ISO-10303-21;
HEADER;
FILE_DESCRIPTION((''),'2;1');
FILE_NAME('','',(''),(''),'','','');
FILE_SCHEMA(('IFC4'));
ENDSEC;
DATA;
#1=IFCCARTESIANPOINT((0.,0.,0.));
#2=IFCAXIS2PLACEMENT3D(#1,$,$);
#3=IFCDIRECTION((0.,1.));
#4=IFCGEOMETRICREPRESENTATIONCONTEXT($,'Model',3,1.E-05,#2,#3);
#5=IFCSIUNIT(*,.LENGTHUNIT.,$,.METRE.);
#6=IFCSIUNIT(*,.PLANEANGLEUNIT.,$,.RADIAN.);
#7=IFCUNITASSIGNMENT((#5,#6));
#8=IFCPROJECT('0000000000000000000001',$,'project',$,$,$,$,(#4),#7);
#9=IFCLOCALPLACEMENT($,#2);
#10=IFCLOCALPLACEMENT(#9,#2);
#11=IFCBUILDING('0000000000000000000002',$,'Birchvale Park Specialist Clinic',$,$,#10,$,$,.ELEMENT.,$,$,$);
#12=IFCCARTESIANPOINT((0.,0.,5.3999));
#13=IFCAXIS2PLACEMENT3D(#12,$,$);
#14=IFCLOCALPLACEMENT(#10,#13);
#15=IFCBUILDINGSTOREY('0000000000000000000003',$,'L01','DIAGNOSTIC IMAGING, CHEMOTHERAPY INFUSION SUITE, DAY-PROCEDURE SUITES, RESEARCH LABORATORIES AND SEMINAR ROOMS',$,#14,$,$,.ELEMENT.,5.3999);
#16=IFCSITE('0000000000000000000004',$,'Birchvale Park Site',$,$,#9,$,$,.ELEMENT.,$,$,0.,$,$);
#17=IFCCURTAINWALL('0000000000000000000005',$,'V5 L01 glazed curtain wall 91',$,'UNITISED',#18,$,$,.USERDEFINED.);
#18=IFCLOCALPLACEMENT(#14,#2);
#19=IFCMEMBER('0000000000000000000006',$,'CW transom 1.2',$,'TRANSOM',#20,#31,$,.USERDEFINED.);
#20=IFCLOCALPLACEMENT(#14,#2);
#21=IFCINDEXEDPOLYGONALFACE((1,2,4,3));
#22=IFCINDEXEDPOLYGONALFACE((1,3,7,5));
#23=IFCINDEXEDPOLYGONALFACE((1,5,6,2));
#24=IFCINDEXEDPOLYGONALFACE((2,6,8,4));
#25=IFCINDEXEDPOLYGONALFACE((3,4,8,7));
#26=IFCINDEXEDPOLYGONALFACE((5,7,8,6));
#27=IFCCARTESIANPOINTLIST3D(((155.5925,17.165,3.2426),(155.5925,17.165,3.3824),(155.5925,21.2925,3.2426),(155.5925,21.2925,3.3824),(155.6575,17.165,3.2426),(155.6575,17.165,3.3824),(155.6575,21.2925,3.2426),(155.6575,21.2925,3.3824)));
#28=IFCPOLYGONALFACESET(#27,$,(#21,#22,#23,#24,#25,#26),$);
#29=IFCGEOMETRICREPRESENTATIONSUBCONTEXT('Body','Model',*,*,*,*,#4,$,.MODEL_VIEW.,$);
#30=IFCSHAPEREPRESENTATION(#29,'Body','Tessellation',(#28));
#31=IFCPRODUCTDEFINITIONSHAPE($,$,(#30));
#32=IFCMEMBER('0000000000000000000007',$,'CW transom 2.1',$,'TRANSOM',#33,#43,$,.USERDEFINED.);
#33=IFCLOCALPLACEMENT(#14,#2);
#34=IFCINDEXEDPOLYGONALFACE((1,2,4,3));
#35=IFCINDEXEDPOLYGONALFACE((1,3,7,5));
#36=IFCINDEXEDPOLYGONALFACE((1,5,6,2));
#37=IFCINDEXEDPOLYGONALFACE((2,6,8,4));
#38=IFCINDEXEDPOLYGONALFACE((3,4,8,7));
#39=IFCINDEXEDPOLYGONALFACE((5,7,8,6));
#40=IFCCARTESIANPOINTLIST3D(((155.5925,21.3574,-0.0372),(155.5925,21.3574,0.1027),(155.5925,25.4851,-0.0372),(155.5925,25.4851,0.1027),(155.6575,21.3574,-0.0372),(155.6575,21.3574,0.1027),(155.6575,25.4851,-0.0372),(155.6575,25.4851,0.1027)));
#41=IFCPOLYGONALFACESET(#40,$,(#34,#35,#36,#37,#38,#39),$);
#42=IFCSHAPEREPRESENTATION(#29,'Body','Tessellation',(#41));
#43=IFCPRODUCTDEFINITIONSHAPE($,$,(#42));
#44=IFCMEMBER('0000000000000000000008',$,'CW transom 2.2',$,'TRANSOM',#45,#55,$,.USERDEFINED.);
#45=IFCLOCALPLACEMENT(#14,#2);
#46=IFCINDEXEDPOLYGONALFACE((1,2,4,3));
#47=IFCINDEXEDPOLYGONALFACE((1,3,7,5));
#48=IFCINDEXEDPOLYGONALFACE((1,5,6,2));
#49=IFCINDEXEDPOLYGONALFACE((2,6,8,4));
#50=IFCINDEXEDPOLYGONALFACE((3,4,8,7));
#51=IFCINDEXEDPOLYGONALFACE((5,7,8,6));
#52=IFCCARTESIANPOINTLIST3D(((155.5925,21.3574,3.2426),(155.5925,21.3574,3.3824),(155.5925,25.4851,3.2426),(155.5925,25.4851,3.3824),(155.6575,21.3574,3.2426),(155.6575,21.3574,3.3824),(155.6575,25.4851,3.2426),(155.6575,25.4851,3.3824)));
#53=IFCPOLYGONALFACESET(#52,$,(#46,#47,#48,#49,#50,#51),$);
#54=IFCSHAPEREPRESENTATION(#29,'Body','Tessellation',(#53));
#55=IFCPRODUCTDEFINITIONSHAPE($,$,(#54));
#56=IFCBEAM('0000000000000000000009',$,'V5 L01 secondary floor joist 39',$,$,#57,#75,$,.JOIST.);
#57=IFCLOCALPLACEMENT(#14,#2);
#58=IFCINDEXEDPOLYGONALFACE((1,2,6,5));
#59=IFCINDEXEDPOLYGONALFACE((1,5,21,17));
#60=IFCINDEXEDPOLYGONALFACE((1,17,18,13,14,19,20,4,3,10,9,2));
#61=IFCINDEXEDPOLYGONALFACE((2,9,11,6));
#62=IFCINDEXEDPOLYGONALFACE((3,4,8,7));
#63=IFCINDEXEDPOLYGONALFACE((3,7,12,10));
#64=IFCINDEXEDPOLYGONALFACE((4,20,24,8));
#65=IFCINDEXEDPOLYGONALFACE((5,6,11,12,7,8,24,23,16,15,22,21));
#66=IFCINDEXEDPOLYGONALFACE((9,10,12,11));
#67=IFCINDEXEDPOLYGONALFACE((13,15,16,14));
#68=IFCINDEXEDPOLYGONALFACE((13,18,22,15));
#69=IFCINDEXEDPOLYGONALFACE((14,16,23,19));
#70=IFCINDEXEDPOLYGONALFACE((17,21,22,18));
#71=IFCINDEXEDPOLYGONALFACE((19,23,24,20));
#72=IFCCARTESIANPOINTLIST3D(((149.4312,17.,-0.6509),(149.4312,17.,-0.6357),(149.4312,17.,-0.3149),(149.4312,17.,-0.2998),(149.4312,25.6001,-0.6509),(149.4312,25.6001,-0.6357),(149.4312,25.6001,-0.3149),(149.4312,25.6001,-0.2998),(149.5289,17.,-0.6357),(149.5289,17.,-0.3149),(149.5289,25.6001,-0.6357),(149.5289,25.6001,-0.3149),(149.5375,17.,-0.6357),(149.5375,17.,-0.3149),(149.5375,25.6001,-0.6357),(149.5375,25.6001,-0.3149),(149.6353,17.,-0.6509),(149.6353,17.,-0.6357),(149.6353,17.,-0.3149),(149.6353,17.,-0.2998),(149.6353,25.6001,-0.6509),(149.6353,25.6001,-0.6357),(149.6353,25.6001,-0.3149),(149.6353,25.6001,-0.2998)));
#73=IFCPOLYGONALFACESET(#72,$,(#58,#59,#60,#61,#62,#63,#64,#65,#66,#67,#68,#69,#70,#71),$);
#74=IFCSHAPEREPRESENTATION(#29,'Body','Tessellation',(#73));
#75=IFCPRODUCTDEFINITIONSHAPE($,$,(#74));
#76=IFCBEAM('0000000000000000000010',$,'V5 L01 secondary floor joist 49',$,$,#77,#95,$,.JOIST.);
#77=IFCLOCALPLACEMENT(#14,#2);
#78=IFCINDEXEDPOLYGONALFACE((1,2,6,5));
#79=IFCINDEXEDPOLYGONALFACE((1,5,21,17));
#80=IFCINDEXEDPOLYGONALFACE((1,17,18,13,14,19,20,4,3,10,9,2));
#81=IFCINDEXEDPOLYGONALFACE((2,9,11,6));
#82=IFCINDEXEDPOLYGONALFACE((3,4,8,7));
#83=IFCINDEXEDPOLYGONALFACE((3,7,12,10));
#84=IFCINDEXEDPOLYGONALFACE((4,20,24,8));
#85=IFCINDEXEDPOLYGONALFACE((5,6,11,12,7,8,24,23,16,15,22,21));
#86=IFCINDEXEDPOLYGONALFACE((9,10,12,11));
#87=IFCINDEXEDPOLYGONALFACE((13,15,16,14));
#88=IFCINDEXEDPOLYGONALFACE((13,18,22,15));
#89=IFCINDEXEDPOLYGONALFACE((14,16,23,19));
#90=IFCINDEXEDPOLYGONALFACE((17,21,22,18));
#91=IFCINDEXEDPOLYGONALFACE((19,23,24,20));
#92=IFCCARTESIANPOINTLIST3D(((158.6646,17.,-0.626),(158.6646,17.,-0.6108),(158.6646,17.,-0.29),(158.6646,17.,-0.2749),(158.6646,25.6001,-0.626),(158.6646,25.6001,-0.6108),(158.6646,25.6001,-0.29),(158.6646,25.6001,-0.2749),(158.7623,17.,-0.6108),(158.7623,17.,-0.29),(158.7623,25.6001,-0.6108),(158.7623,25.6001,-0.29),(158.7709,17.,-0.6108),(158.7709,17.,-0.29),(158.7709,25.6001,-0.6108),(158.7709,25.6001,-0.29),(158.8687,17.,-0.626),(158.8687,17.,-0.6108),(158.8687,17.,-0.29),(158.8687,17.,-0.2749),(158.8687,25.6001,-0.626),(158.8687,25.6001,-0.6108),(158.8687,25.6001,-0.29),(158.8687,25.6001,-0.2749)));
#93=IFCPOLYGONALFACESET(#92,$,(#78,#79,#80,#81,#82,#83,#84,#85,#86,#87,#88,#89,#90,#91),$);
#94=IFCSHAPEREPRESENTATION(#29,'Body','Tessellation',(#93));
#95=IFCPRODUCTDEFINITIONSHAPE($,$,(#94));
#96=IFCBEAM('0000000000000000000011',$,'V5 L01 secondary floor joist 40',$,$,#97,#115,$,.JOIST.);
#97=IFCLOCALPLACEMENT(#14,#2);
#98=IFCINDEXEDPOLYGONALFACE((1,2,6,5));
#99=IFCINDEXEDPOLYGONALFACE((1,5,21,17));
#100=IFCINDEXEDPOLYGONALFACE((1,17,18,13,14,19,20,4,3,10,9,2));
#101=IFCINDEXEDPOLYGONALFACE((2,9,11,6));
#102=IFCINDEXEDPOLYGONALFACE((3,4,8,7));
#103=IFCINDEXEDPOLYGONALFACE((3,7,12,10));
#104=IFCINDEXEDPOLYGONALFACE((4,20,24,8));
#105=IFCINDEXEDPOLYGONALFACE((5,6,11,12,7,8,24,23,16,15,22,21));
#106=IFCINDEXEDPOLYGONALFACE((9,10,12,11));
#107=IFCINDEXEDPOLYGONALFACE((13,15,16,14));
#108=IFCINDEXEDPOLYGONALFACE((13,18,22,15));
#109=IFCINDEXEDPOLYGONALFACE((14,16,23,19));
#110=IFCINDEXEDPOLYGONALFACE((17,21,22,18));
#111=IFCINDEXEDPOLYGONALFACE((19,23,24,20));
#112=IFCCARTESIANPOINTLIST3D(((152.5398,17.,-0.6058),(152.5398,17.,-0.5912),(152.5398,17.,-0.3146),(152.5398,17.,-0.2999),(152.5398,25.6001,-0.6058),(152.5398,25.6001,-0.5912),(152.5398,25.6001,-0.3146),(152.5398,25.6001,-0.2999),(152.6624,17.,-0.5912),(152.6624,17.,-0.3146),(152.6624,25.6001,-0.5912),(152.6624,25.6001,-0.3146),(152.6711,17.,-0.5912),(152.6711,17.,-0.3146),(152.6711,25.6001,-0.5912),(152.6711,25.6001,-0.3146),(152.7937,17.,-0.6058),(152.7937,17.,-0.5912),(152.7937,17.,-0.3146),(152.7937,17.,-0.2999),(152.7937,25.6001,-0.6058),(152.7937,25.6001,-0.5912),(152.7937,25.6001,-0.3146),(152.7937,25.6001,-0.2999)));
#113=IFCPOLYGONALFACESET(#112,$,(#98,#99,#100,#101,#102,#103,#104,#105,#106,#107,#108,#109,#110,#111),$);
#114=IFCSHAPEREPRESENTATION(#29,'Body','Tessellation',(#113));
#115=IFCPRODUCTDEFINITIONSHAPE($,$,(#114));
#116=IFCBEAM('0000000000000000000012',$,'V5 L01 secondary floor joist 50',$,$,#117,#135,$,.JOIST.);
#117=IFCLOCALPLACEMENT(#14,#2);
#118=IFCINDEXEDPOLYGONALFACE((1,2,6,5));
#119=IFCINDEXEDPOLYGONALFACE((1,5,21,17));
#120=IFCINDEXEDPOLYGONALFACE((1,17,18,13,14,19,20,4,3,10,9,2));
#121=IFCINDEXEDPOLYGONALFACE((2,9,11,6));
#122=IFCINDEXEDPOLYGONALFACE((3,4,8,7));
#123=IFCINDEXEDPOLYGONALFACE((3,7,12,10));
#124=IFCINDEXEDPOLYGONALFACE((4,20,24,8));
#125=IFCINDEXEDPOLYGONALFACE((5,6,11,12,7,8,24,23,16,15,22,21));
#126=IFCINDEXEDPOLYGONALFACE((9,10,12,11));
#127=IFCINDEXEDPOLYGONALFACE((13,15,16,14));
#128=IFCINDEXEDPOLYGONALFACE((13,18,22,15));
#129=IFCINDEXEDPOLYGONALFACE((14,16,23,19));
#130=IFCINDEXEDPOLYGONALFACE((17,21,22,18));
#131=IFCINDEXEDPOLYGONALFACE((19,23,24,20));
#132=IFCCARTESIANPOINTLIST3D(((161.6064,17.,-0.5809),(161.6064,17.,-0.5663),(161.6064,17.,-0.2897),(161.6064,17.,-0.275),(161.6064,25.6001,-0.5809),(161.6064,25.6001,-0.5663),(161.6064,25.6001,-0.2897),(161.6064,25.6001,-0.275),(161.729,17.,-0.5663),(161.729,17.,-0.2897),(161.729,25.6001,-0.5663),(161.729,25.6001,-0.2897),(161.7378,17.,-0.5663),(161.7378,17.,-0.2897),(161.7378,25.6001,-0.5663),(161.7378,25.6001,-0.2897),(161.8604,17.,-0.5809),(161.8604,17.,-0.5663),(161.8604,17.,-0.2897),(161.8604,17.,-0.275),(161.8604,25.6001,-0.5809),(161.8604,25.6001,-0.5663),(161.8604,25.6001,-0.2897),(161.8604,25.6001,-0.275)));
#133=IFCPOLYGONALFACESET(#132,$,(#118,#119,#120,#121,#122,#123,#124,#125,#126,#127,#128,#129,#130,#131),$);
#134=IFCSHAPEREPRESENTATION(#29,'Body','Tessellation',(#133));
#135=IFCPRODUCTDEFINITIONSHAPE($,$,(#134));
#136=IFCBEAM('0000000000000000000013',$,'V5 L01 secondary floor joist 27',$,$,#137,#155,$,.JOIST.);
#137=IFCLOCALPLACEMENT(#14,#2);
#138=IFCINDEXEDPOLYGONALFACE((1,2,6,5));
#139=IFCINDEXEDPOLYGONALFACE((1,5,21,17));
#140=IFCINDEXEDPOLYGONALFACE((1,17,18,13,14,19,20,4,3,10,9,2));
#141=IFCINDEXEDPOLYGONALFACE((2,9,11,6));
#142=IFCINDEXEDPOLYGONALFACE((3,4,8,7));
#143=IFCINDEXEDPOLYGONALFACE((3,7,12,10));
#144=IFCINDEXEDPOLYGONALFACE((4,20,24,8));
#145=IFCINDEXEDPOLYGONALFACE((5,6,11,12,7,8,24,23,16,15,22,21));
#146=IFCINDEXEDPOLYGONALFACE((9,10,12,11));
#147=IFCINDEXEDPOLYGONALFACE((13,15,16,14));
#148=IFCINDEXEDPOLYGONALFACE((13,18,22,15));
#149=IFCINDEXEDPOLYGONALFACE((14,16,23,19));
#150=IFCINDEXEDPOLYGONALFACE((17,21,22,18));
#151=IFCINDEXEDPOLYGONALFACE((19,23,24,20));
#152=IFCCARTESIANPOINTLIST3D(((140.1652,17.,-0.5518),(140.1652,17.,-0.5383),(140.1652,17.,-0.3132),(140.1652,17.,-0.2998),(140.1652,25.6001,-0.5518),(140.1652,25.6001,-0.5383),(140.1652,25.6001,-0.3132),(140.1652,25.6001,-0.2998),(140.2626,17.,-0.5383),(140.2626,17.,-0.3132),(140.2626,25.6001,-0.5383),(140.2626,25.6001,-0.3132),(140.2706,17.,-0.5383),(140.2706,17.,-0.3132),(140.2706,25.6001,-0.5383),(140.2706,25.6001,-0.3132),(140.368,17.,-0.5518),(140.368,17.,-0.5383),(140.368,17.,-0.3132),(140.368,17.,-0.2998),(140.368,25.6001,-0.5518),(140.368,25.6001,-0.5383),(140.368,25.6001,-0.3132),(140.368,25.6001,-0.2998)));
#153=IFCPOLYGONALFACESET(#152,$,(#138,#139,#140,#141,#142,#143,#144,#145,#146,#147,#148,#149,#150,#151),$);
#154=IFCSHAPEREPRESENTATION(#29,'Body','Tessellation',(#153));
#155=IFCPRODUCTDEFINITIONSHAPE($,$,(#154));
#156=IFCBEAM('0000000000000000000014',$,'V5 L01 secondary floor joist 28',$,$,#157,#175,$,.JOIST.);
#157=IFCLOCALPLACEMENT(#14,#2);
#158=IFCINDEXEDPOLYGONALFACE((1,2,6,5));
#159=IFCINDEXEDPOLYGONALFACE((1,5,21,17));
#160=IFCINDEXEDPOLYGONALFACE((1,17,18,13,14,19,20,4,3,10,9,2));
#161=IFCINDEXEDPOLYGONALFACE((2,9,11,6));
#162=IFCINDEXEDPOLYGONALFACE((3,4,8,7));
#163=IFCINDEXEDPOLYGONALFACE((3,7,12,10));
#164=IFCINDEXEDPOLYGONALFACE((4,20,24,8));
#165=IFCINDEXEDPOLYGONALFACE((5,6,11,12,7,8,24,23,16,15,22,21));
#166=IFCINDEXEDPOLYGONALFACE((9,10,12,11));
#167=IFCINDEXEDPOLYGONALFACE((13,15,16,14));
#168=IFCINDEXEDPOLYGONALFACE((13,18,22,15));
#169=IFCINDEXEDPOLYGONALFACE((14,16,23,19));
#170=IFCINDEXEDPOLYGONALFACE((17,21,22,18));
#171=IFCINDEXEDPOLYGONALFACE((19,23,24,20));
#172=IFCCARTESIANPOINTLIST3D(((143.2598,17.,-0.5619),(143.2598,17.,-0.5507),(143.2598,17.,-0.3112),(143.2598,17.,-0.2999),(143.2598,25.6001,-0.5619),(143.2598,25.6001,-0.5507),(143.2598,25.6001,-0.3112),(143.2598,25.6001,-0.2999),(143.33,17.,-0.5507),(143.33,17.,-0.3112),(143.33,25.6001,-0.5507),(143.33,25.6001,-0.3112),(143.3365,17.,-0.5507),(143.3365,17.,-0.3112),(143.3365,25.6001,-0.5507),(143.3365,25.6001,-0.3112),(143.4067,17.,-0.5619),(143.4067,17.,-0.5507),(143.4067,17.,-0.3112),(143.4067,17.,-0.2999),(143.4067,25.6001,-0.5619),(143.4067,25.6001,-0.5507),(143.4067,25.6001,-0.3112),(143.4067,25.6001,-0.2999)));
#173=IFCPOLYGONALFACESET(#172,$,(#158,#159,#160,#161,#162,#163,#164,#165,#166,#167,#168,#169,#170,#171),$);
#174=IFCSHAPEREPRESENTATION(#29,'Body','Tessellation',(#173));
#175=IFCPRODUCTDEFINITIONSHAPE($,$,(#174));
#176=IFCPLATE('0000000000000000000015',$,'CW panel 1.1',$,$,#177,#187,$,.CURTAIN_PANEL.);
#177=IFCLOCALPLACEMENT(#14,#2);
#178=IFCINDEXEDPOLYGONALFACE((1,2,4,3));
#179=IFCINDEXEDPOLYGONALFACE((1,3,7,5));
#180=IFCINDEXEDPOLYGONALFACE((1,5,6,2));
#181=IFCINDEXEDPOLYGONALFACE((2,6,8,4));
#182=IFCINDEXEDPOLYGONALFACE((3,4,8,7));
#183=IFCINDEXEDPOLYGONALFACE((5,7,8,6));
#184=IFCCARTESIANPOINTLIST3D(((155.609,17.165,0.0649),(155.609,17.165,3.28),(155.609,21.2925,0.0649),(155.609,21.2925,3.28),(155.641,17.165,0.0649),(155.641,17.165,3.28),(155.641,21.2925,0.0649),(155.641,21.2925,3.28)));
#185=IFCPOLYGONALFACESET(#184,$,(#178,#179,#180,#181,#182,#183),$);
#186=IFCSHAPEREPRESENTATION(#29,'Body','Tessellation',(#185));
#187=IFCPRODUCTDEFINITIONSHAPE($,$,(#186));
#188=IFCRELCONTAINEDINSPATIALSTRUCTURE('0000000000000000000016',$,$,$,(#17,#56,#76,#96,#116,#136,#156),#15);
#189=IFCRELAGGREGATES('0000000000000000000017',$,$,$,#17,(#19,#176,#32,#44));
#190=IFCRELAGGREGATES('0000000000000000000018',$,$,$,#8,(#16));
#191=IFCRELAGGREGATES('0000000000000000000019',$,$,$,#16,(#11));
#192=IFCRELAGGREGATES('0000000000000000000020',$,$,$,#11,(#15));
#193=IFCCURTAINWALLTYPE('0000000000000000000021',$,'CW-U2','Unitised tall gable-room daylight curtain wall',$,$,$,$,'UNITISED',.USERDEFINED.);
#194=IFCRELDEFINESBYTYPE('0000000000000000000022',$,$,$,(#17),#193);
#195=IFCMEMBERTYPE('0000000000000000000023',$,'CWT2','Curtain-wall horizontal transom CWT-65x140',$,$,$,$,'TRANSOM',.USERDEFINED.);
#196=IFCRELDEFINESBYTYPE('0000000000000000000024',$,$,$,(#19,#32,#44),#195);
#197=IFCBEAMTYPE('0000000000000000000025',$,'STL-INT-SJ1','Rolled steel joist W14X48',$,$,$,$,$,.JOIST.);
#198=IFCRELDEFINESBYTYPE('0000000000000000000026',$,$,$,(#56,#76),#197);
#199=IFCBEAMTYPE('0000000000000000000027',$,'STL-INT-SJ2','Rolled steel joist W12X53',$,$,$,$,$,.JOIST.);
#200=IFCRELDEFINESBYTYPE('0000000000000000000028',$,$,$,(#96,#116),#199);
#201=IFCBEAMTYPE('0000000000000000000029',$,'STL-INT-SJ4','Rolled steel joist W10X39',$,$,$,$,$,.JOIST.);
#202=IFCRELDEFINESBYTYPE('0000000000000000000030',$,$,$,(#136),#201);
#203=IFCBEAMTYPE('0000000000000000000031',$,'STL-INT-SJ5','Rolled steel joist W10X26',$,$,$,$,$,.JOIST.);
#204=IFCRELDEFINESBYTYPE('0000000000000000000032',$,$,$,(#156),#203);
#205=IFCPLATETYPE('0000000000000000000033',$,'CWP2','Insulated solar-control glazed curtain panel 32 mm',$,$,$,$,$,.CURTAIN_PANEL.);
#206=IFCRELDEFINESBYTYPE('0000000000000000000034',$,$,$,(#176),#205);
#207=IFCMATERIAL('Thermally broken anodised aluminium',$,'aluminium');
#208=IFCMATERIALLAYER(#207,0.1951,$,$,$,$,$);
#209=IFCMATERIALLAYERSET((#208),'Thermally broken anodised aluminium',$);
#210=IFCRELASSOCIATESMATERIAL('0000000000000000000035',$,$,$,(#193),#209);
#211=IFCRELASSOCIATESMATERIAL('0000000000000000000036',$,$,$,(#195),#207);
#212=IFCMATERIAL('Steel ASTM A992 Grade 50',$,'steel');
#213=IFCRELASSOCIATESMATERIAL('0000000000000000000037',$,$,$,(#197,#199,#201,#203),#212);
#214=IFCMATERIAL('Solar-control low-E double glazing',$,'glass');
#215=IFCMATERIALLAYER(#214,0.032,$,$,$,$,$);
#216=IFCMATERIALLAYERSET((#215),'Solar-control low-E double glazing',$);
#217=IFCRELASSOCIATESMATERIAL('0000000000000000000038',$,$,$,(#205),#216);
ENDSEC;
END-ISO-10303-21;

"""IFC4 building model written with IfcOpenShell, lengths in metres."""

from ifc_helpers import new_model, si_unit, direction, frame, origin, origin_2d, place, context, subcontext, project, spatial, rectangle, i_section, extrude, material, layer, layer_set, material_profile, profile_set, type_object, element, aggregate, save


model = new_model("IFC4")

# Units and contexts
model_context = context("Model", 3, precision=1e-05, world=origin(), true_north=direction((0.0, 1.0)))
body_context = subcontext(model_context, "Body", "Model", "MODEL_VIEW")
ifc_project = project(units=[si_unit("LENGTHUNIT", "METRE"), si_unit("PLANEANGLEUNIT", "RADIAN")], contexts=[model_context])

# Site, building, storey
site_placement = place(None, origin())
site = spatial("IfcSite", under=ifc_project, at=site_placement, Name="Birchvale Park Site", CompositionType="ELEMENT", RefElevation=0.0)
building_placement = place(site_placement, origin())
building = spatial("IfcBuilding", under=site, at=building_placement, Name="Birchvale Park Specialist Clinic", CompositionType="ELEMENT")
storey_placement = place(building_placement, frame((0.0, 0.0, 5.3999)))
storey = spatial("IfcBuildingStorey", under=building, at=storey_placement, Name="L01", Description="DIAGNOSTIC IMAGING, CHEMOTHERAPY INFUSION SUITE, DAY-PROCEDURE SUITES, RESEARCH LABORATORIES AND SEMINAR ROOMS", CompositionType="ELEMENT", Elevation=5.3999)

# Curtain wall, members
ifc_material_1 = material(Name="Thermally broken anodised aluminium", Category="aluminium")
ifc_layer_1 = layer(ifc_material_1, 0.1951)
ifc_layer_set_1 = layer_set([ifc_layer_1], Name="Thermally broken anodised aluminium")
curtain_wall_type = type_object("IfcCurtainWallType", Name="CW-U2", Description="Unitised tall gable-room daylight curtain wall", ElementType="UNITISED", PredefinedType="USERDEFINED", material=ifc_layer_set_1)
curtain_wall_placement = place(storey_placement, origin())
curtain_wall = element("IfcCurtainWall", 1, at=curtain_wall_placement, inside=storey, type_object=curtain_wall_type, Name="V5 L01 glazed curtain wall 91", ObjectType="UNITISED", PredefinedType="USERDEFINED")
ifc_material_profile_1 = material_profile(ifc_material_1, rectangle(XDim=0.0649, YDim=0.1399, at=origin_2d()), Name="CWT-65x140")
ifc_profile_set_1 = profile_set([ifc_material_profile_1], Name="Thermally broken anodised aluminium")
member_type_1 = type_object("IfcMemberType", Name="CWT2", Description="Curtain-wall horizontal transom CWT-65x140", ElementType="TRANSOM", PredefinedType="USERDEFINED", material=ifc_profile_set_1)
member_1_placement = place(storey_placement, frame((155.625, 17.165, 3.3125), z_axis=(0.0, 1.0, 0.0), x_axis=(-1.0, 0.0, 0.0)))
member_1 = element("IfcMember", 2, at=member_1_placement, type_object=member_type_1, Name="CW transom 1.2", ObjectType="TRANSOM", PredefinedType="USERDEFINED", context=body_context, shape_type="SweptSolid", body=[
    extrude(rectangle(XDim=0.0649, YDim=0.1399, at=origin_2d()), origin(), (0.0, 0.0, 1.0), 4.1274),
])
member_2_placement = place(storey_placement, frame((155.625, 21.3574, 0.0327), z_axis=(0.0, 1.0, 0.0), x_axis=(-1.0, 0.0, 0.0)))
member_2 = element("IfcMember", 3, at=member_2_placement, type_object=member_type_1, Name="CW transom 2.1", ObjectType="TRANSOM", PredefinedType="USERDEFINED", context=body_context, shape_type="SweptSolid", body=[
    extrude(rectangle(XDim=0.0649, YDim=0.1399, at=origin_2d()), origin(), (0.0, 0.0, 1.0), 4.1277),
])
member_3_placement = place(storey_placement, frame((155.625, 21.3574, 3.3125), z_axis=(0.0, 1.0, 0.0), x_axis=(-1.0, 0.0, 0.0)))
member_3 = element("IfcMember", 4, at=member_3_placement, type_object=member_type_1, Name="CW transom 2.2", ObjectType="TRANSOM", PredefinedType="USERDEFINED", context=body_context, shape_type="SweptSolid", body=[
    extrude(rectangle(XDim=0.0649, YDim=0.1399, at=origin_2d()), origin(), (0.0, 0.0, 1.0), 4.1277),
])

# Beams
ifc_material_2 = material(Name="Steel ASTM A992 Grade 50", Category="steel")
ifc_material_profile_2 = material_profile(ifc_material_2, i_section(OverallWidth=0.2041, OverallDepth=0.3511, WebThickness=0.0085, FlangeThickness=0.0151, at=origin_2d()), Name="W14X48")
ifc_profile_set_2 = profile_set([ifc_material_profile_2], Name="Steel ASTM A992 Grade 50")
beam_type_1 = type_object("IfcBeamType", Name="STL-INT-SJ1", Description="Rolled steel joist W14X48", PredefinedType="JOIST", material=ifc_profile_set_2)
for number, where, z_axis, x_axis, name in (
    (5, (149.5332, 17.0, -0.4753), (0.0, 1.0, 0.0), (-1.0, 0.0, 0.0), "V5 L01 secondary floor joist 39"),
    (6, (158.7666, 17.0, -0.4504), (0.0, 1.0, 0.0), (-1.0, 0.0, 0.0), "V5 L01 secondary floor joist 49"),
):
    element("IfcBeam", number, at=place(storey_placement, frame(where, z_axis=z_axis, x_axis=x_axis)), inside=storey, type_object=beam_type_1, Name=name, PredefinedType="JOIST", context=body_context, shape_type="SweptSolid", body=[
        extrude(i_section(OverallWidth=0.2041, OverallDepth=0.3511, WebThickness=0.0085, FlangeThickness=0.0151, at=origin_2d()), origin(), (0.0, 0.0, 1.0), 8.6001),
    ])
ifc_material_profile_3 = material_profile(ifc_material_2, i_section(OverallWidth=0.2539, OverallDepth=0.3059, WebThickness=0.0088, FlangeThickness=0.0146, at=origin_2d()), Name="W12X53")
ifc_profile_set_3 = profile_set([ifc_material_profile_3], Name="Steel ASTM A992 Grade 50")
beam_type_2 = type_object("IfcBeamType", Name="STL-INT-SJ2", Description="Rolled steel joist W12X53", PredefinedType="JOIST", material=ifc_profile_set_3)
for number, where, z_axis, x_axis, name in (
    (7, (152.6667, 17.0, -0.4529), (0.0, 1.0, 0.0), (-1.0, 0.0, 0.0), "V5 L01 secondary floor joist 40"),
    (8, (161.7334, 17.0, -0.428), (0.0, 1.0, 0.0), (-1.0, 0.0, 0.0), "V5 L01 secondary floor joist 50"),
):
    element("IfcBeam", number, at=place(storey_placement, frame(where, z_axis=z_axis, x_axis=x_axis)), inside=storey, type_object=beam_type_2, Name=name, PredefinedType="JOIST", context=body_context, shape_type="SweptSolid", body=[
        extrude(i_section(OverallWidth=0.2539, OverallDepth=0.3059, WebThickness=0.0088, FlangeThickness=0.0146, at=origin_2d()), origin(), (0.0, 0.0, 1.0), 8.6001),
    ])
ifc_material_profile_4 = material_profile(ifc_material_2, i_section(OverallWidth=0.2029, OverallDepth=0.252, WebThickness=0.0081, FlangeThickness=0.0134, at=origin_2d()), Name="W10X39")
ifc_profile_set_4 = profile_set([ifc_material_profile_4], Name="Steel ASTM A992 Grade 50")
beam_type_3 = type_object("IfcBeamType", Name="STL-INT-SJ4", Description="Rolled steel joist W10X39", PredefinedType="JOIST", material=ifc_profile_set_4)
beam_1_placement = place(storey_placement, frame((140.2666, 17.0, -0.4258), z_axis=(0.0, 1.0, 0.0), x_axis=(-1.0, 0.0, 0.0)))
element("IfcBeam", 9, at=beam_1_placement, inside=storey, type_object=beam_type_3, Name="V5 L01 secondary floor joist 27", PredefinedType="JOIST", context=body_context, shape_type="SweptSolid", body=[
    extrude(i_section(OverallWidth=0.2029, OverallDepth=0.252, WebThickness=0.0081, FlangeThickness=0.0134, at=origin_2d()), origin(), (0.0, 0.0, 1.0), 8.6001),
])
ifc_material_profile_5 = material_profile(ifc_material_2, i_section(OverallWidth=0.147, OverallDepth=0.262, WebThickness=0.0066, FlangeThickness=0.0112, at=origin_2d()), Name="W10X26")
ifc_profile_set_5 = profile_set([ifc_material_profile_5], Name="Steel ASTM A992 Grade 50")
beam_type_4 = type_object("IfcBeamType", Name="STL-INT-SJ5", Description="Rolled steel joist W10X26", PredefinedType="JOIST", material=ifc_profile_set_5)
beam_2_placement = place(storey_placement, frame((143.3333, 17.0, -0.4309), z_axis=(0.0, 1.0, 0.0), x_axis=(-1.0, 0.0, 0.0)))
element("IfcBeam", 10, at=beam_2_placement, inside=storey, type_object=beam_type_4, Name="V5 L01 secondary floor joist 28", PredefinedType="JOIST", context=body_context, shape_type="SweptSolid", body=[
    extrude(i_section(OverallWidth=0.147, OverallDepth=0.262, WebThickness=0.0066, FlangeThickness=0.0112, at=origin_2d()), origin(), (0.0, 0.0, 1.0), 8.6001),
])

# Plate
ifc_material_3 = material(Name="Solar-control low-E double glazing", Category="glass")
ifc_layer_2 = layer(ifc_material_3, 0.032)
ifc_layer_set_2 = layer_set([ifc_layer_2], Name="Solar-control low-E double glazing")
plate_type = type_object("IfcPlateType", Name="CWP2", Description="Insulated solar-control glazed curtain panel 32 mm", PredefinedType="CURTAIN_PANEL", material=ifc_layer_set_2)
plate_1_placement = place(storey_placement, frame((155.625, 19.2288, 0.0649), z_axis=(0.0, 0.0, 1.0), x_axis=(0.0, 1.0, 0.0)))
plate_1 = element("IfcPlate", 11, at=plate_1_placement, type_object=plate_type, Name="CW panel 1.1", PredefinedType="CURTAIN_PANEL", context=body_context, shape_type="SweptSolid", body=[
    extrude(rectangle(XDim=4.1274, YDim=0.032, at=origin_2d()), origin(), (0.0, 0.0, 1.0), 3.2151),
])
aggregate(curtain_wall, [member_1, plate_1, member_2, member_3])

save(model, "model.ifc")
